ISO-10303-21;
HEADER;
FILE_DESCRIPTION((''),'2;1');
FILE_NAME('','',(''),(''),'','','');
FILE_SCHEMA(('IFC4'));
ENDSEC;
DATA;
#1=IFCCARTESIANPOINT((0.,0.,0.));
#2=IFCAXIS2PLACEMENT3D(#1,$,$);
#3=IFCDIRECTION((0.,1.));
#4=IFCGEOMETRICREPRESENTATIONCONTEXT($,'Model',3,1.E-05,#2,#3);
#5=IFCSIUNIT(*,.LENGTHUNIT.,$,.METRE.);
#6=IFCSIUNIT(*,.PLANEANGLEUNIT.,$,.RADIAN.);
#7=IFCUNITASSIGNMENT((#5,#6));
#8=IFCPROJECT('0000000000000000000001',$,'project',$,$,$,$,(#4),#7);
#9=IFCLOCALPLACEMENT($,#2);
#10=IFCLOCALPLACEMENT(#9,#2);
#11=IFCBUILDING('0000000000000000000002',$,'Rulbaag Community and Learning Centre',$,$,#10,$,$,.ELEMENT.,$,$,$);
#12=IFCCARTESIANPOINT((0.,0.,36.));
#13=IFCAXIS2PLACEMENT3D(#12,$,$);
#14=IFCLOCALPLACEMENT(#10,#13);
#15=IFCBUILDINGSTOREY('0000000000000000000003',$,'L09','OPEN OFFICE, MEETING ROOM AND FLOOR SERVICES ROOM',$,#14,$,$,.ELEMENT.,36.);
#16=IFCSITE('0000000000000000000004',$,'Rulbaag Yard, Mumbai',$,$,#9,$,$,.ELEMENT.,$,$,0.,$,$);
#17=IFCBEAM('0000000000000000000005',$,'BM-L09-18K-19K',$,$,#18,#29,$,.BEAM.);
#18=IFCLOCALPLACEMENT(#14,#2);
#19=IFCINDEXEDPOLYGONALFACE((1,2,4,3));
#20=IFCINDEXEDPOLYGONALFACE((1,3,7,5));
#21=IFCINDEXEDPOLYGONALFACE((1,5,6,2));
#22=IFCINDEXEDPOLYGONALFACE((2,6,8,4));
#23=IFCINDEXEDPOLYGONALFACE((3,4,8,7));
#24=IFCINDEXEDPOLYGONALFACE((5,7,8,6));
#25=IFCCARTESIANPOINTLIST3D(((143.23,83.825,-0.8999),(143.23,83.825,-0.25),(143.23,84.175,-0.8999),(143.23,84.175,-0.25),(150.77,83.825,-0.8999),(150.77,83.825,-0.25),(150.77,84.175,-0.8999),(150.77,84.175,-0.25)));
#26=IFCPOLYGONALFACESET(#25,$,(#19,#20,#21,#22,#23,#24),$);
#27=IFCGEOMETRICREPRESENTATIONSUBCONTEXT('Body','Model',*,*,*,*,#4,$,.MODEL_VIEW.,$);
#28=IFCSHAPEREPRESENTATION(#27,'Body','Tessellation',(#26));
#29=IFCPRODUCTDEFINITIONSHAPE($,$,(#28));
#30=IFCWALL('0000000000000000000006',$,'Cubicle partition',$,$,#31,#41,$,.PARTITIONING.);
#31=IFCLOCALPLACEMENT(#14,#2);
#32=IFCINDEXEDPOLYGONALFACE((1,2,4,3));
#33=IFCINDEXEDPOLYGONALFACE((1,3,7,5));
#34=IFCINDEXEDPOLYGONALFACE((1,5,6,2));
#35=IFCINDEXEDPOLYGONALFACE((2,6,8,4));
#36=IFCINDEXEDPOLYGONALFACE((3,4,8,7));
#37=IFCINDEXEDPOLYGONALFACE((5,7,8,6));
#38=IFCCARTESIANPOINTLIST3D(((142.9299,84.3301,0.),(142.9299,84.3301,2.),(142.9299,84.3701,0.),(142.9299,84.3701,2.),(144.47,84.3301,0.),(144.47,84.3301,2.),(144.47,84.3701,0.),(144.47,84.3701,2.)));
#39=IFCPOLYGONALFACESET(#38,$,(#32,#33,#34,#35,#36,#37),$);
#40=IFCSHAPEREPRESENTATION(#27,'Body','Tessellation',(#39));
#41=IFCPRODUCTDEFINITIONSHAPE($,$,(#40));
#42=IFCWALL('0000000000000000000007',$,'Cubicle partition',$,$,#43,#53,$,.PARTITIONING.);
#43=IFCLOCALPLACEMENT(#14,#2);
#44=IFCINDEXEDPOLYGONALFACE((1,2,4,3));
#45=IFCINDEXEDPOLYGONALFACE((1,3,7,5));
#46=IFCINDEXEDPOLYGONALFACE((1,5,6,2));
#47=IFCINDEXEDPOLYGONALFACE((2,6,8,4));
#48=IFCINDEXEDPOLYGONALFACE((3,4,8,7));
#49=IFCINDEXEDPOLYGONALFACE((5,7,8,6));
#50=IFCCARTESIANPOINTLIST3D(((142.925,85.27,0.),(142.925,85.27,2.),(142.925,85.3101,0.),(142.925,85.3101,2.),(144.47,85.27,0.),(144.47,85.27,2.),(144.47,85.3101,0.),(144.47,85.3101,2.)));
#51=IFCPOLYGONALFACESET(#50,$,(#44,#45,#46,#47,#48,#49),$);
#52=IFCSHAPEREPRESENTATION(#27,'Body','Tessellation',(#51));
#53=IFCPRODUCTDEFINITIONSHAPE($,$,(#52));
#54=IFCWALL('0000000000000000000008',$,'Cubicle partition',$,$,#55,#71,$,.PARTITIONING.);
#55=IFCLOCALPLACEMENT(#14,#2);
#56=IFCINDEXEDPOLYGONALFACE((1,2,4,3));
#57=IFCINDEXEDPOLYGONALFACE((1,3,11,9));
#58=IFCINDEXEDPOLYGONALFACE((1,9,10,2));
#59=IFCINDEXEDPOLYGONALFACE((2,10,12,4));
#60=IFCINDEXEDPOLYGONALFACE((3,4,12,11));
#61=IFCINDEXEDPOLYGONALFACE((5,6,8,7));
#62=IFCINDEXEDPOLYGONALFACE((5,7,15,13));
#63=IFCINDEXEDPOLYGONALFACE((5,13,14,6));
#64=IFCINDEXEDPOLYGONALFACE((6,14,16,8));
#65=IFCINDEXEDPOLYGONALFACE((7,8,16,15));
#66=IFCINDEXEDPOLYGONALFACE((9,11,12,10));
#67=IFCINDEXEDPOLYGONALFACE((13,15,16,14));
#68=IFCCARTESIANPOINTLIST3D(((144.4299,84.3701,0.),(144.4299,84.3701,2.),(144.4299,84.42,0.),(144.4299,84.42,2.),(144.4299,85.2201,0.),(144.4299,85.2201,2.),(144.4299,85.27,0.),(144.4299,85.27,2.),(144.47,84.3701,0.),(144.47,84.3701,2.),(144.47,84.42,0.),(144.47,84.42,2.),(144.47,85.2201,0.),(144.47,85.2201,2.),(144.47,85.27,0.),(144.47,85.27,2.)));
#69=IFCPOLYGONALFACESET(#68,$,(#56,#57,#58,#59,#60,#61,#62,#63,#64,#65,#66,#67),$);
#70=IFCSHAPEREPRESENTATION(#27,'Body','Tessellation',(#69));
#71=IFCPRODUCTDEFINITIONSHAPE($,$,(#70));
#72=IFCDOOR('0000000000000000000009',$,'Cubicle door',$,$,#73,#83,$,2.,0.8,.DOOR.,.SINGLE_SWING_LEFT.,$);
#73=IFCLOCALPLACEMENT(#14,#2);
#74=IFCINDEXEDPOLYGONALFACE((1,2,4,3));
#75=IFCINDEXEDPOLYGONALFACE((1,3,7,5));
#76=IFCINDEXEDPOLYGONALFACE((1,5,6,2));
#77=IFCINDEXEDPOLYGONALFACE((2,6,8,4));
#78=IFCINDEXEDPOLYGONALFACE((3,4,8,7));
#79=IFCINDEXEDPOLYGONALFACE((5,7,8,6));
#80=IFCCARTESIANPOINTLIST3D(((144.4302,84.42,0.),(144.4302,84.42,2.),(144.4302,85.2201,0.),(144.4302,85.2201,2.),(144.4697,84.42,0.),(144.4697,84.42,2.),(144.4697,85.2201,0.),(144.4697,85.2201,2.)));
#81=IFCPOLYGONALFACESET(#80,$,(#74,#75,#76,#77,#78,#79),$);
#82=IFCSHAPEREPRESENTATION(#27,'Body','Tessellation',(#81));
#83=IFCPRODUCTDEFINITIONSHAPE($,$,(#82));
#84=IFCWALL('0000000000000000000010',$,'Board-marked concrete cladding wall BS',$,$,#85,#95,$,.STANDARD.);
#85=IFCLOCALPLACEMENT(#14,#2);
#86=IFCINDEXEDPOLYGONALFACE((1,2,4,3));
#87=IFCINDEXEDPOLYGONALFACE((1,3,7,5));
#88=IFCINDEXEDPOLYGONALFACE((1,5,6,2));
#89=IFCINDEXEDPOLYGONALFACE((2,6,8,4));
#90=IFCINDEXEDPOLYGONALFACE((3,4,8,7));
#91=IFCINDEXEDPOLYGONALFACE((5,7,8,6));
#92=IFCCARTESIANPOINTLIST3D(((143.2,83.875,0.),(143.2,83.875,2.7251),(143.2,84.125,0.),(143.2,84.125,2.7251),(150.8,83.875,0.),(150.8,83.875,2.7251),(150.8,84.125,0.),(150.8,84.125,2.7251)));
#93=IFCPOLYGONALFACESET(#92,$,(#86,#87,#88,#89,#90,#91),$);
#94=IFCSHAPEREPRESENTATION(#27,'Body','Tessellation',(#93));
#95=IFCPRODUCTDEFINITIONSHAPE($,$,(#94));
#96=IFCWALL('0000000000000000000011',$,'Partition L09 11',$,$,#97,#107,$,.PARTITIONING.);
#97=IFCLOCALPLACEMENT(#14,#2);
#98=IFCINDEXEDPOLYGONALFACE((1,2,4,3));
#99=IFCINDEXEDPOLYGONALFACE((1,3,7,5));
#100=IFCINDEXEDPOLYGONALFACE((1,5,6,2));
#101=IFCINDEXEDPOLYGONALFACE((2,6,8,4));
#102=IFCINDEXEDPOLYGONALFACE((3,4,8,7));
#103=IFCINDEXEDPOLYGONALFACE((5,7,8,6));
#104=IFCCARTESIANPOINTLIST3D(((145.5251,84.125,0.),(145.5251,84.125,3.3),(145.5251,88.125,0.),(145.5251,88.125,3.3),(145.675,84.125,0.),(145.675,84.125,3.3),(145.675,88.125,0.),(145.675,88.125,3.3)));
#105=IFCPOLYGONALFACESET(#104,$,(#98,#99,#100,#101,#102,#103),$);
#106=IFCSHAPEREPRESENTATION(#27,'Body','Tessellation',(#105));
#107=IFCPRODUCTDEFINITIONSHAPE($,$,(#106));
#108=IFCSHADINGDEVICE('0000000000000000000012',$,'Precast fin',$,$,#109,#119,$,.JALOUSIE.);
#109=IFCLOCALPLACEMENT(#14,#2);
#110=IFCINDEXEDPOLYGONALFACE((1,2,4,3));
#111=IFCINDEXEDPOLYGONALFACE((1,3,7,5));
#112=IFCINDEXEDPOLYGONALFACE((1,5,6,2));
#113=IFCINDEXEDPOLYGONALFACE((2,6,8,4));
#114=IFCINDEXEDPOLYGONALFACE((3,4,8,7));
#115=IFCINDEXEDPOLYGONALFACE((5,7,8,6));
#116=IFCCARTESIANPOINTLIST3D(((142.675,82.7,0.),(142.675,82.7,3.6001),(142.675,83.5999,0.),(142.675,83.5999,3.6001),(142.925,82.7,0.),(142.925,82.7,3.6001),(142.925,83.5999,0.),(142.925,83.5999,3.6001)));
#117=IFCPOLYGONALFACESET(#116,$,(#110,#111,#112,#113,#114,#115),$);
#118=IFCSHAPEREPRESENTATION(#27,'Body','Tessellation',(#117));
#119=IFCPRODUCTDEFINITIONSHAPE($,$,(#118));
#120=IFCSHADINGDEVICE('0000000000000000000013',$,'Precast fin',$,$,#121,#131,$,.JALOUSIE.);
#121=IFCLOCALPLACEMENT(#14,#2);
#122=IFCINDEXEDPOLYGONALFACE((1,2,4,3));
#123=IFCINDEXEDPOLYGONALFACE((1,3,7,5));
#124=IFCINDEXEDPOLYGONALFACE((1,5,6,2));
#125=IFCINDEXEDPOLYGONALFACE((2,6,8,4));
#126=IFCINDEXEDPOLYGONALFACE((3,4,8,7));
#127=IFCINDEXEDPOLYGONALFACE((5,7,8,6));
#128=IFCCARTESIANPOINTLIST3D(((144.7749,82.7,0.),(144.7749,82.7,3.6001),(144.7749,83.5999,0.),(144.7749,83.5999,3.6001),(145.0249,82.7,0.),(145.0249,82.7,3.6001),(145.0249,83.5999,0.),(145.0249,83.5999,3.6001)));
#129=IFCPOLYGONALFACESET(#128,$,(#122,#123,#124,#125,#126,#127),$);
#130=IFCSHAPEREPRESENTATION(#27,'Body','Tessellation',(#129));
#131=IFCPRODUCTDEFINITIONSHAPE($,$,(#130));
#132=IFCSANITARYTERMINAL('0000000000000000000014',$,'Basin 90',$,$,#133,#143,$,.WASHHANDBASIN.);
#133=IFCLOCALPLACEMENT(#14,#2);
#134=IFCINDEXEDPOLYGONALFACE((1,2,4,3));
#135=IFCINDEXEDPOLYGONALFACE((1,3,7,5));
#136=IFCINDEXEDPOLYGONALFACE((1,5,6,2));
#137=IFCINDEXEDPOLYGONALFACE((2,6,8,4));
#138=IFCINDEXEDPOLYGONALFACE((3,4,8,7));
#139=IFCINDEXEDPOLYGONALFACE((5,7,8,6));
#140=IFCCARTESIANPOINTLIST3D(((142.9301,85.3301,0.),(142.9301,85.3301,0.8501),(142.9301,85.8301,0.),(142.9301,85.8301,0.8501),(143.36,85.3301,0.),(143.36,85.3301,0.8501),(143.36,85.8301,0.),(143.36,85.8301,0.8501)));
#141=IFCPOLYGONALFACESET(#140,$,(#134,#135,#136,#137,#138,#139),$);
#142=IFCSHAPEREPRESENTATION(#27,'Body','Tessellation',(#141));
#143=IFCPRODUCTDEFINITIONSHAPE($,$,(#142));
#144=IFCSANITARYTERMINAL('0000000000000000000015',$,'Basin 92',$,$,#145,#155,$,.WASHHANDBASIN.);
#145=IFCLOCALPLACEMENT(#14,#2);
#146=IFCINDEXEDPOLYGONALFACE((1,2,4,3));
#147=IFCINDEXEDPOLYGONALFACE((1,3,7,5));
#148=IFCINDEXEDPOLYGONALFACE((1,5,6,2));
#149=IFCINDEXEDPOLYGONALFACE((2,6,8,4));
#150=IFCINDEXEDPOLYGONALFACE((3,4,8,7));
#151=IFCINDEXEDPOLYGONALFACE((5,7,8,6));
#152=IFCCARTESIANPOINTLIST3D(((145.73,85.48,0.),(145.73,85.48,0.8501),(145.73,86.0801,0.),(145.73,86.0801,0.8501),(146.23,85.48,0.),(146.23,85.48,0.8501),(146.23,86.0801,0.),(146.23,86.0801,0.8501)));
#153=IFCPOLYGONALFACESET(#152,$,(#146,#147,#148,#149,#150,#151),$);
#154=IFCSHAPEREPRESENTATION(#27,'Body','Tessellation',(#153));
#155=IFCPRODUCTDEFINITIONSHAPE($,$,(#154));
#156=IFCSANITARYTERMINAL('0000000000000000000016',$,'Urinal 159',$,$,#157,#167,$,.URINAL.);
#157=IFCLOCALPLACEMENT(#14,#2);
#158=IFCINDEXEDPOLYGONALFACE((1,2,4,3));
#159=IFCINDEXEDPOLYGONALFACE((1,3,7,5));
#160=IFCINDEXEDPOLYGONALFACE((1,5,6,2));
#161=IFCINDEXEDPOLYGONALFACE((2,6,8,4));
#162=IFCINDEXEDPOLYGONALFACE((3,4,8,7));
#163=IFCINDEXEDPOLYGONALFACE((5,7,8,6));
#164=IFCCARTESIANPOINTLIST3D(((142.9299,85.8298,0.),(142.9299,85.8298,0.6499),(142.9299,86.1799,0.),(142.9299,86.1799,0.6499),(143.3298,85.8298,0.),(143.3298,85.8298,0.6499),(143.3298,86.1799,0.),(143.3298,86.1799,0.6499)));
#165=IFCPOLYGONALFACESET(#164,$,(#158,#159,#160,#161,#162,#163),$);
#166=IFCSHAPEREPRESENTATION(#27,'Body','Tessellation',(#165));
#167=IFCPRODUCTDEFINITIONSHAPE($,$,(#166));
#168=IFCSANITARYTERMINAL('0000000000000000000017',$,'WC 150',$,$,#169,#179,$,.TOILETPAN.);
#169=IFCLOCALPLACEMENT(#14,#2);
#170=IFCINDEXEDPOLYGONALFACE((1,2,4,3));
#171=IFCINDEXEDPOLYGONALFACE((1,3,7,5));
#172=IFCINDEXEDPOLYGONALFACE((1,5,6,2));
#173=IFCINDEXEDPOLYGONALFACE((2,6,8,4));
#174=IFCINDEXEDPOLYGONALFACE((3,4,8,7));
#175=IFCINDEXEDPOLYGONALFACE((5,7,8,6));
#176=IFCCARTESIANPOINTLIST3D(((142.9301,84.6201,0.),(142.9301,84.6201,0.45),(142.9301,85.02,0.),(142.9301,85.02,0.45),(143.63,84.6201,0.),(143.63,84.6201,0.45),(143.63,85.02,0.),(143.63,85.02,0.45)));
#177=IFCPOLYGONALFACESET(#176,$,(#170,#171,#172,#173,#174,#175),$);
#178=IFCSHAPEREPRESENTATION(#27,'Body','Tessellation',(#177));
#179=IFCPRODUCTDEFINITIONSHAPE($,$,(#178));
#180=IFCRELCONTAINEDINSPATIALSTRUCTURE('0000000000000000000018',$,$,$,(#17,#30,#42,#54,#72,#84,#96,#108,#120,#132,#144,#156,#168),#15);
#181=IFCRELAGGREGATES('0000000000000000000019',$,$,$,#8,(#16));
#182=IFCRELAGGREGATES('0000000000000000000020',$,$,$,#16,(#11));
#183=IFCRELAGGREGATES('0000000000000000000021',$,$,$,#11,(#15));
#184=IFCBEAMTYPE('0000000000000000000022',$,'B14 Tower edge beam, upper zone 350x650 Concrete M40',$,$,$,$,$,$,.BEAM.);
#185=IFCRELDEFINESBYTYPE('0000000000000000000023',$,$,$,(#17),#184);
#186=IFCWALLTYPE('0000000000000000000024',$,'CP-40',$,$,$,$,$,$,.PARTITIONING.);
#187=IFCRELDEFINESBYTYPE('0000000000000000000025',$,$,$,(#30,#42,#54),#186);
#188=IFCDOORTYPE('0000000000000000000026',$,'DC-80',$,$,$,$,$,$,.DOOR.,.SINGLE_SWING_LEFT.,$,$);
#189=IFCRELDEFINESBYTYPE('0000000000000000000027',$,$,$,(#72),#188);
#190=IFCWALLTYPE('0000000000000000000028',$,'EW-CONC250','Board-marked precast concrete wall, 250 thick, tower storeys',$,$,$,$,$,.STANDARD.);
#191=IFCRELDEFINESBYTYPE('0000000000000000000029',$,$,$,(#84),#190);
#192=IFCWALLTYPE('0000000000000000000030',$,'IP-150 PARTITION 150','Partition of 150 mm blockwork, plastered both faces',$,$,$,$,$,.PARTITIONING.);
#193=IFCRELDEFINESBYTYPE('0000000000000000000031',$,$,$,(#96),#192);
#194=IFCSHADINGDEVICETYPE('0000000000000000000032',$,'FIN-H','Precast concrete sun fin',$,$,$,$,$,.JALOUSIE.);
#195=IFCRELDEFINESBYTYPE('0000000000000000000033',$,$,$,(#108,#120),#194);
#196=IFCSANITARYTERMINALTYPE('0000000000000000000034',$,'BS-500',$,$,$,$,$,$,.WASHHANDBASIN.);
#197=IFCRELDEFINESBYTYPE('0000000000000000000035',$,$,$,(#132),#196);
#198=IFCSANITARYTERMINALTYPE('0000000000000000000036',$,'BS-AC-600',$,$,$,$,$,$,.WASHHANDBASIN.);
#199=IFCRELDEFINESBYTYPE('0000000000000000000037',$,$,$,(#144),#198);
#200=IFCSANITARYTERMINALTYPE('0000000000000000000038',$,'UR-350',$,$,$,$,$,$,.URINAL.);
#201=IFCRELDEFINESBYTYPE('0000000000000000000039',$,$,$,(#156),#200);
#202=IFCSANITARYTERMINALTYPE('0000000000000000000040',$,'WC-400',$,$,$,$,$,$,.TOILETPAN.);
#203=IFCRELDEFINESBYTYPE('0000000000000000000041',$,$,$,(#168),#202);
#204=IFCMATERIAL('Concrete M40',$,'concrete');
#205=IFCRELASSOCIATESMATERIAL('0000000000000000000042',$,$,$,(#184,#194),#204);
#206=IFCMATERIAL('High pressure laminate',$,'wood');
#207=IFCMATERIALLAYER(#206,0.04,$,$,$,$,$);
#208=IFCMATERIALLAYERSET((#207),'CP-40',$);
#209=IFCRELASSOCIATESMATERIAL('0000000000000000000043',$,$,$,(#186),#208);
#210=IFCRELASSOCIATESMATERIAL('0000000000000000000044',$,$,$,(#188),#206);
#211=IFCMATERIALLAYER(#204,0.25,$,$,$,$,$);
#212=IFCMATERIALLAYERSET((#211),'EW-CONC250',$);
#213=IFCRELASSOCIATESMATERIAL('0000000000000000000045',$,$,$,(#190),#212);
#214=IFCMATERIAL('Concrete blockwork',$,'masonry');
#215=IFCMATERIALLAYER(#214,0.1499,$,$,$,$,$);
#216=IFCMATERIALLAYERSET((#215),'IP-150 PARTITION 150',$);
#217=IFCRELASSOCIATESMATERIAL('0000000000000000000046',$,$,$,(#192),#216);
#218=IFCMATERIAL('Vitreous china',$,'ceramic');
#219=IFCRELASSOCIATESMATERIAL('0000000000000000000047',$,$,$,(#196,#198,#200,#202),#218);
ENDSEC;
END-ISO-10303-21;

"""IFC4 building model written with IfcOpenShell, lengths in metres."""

from ifc_helpers import new_model, si_unit, direction, frame, frame_2d, origin, origin_2d, place, context, subcontext, project, spatial, rectangle, extrude, material, layer, layer_set, material_profile, profile_set, type_object, element, fill, save


model = new_model("IFC4")

# Units and contexts
model_context = context("Model", 3, precision=1e-05, world=origin(), true_north=direction((0.0, 1.0)))
body_context = subcontext(model_context, "Body", "Model", "MODEL_VIEW")
ifc_project = project(units=[si_unit("LENGTHUNIT", "METRE"), si_unit("PLANEANGLEUNIT", "RADIAN")], contexts=[model_context])

# Site, building, storey
site_placement = place(None, origin())
site = spatial("IfcSite", under=ifc_project, at=site_placement, Name="Rulbaag Yard, Mumbai", CompositionType="ELEMENT", RefElevation=0.0)
building_placement = place(site_placement, origin())
building = spatial("IfcBuilding", under=site, at=building_placement, Name="Rulbaag Community and Learning Centre", CompositionType="ELEMENT")
storey_placement = place(building_placement, frame((0.0, 0.0, 36.0)))
storey = spatial("IfcBuildingStorey", under=building, at=storey_placement, Name="L09", Description="OPEN OFFICE, MEETING ROOM AND FLOOR SERVICES ROOM", CompositionType="ELEMENT", Elevation=36.0)

# Beam
ifc_material_1 = material(Name="Concrete M40", Category="concrete")
ifc_material_profile_1 = material_profile(ifc_material_1, rectangle(XDim=0.3501, YDim=0.6499, at=origin_2d()), Name="RB350x650")
ifc_profile_set_1 = profile_set([ifc_material_profile_1], Name="Concrete M40")
beam_type = type_object("IfcBeamType", Name="B14 Tower edge beam, upper zone 350x650 Concrete M40", PredefinedType="BEAM", material=ifc_profile_set_1)
beam_placement = place(storey_placement, frame((143.23, 84.0, -0.575), z_axis=(1.0, 0.0, 0.0), x_axis=(0.0, 1.0, 0.0)))
element("IfcBeam", 1, at=beam_placement, inside=storey, type_object=beam_type, Name="BM-L09-18K-19K", PredefinedType="BEAM", context=body_context, shape_type="SweptSolid", body=[
    extrude(rectangle(XDim=0.3501, YDim=0.6499, at=origin_2d()), origin(), (0.0, 0.0, 1.0), 7.54),
])

# Walls
ifc_material_2 = material(Name="High pressure laminate", Category="wood")
ifc_layer_1 = layer(ifc_material_2, 0.04)
ifc_layer_set_1 = layer_set([ifc_layer_1], Name="CP-40")
wall_type_1 = type_object("IfcWallType", Name="CP-40", PredefinedType="PARTITIONING", material=ifc_layer_set_1)
wall_1_placement = place(storey_placement, frame((142.9299, 84.3501, 0.0), z_axis=(0.0, 0.0, 1.0), x_axis=(1.0, 0.0, 0.0)))
element("IfcWall", 2, at=wall_1_placement, inside=storey, type_object=wall_type_1, Name="Cubicle partition", PredefinedType="PARTITIONING", context=body_context, shape_type="SweptSolid", body=[
    extrude(rectangle(XDim=1.54, YDim=0.04, at=frame_2d((0.77, 0.0))), origin(), (0.0, 0.0, 1.0), 2.0),
])
wall_2_placement = place(storey_placement, frame((142.925, 85.29, 0.0), z_axis=(0.0, 0.0, 1.0), x_axis=(1.0, 0.0, 0.0)))
element("IfcWall", 3, at=wall_2_placement, inside=storey, type_object=wall_type_1, Name="Cubicle partition", PredefinedType="PARTITIONING", context=body_context, shape_type="SweptSolid", body=[
    extrude(rectangle(XDim=1.5449, YDim=0.04, at=frame_2d((0.7725, 0.0))), origin(), (0.0, 0.0, 1.0), 2.0),
])

# Wall, opening, door
wall_3_placement = place(storey_placement, frame((144.45, 84.3701, 0.0), z_axis=(0.0, 0.0, 1.0), x_axis=(0.0, 1.0, 0.0)))
wall_3 = element("IfcWall", 4, at=wall_3_placement, inside=storey, type_object=wall_type_1, Name="Cubicle partition", PredefinedType="PARTITIONING", context=body_context, shape_type="SweptSolid", body=[
    extrude(rectangle(XDim=0.8999, YDim=0.04, at=frame_2d((0.45, 0.0))), origin(), (0.0, 0.0, 1.0), 2.0),
])
opening_placement = place(wall_3_placement, frame((0.05, 0.0, 0.0)))
opening = element("IfcOpeningElement", 5, at=opening_placement, cuts=wall_3, PredefinedType="OPENING", context=body_context, shape_type="SweptSolid", body=[
    extrude(rectangle(XDim=0.8, YDim=2.0, at=frame_2d((0.3999, 1.0))), frame((0.0, 0.03, 0.0), z_axis=(0.0, -1.0, 0.0), x_axis=(1.0, 0.0, 0.0)), (0.0, 0.0, 1.0), 0.0601),
])
door_type = type_object("IfcDoorType", Name="DC-80", OperationType="SINGLE_SWING_LEFT", PredefinedType="DOOR", material=ifc_material_2)
door_placement = place(opening_placement, origin())
door = element("IfcDoor", 6, at=door_placement, inside=storey, type_object=door_type, Name="Cubicle door", OperationType="SINGLE_SWING_LEFT", OverallHeight=2.0, OverallWidth=0.8, PredefinedType="DOOR", context=body_context, shape_type="SweptSolid", body=[
    extrude(rectangle(XDim=0.8, YDim=2.0, at=frame_2d((0.3999, 1.0))), frame((0.0, 0.0198, 0.0), z_axis=(0.0, -1.0, 0.0), x_axis=(1.0, 0.0, 0.0)), (0.0, 0.0, 1.0), 0.0396),
])
fill(opening, door)

# Walls
ifc_layer_2 = layer(ifc_material_1, 0.25)
ifc_layer_set_2 = layer_set([ifc_layer_2], Name="EW-CONC250")
wall_type_2 = type_object("IfcWallType", Name="EW-CONC250", Description="Board-marked precast concrete wall, 250 thick, tower storeys", PredefinedType="STANDARD", material=ifc_layer_set_2)
wall_4_placement = place(storey_placement, frame((143.2, 84.0, 0.0), z_axis=(0.0, 0.0, 1.0), x_axis=(1.0, 0.0, 0.0)))
element("IfcWall", 7, at=wall_4_placement, inside=storey, type_object=wall_type_2, Name="Board-marked concrete cladding wall BS", PredefinedType="STANDARD", context=body_context, shape_type="SweptSolid", body=[
    extrude(rectangle(XDim=7.6001, YDim=0.25, at=frame_2d((3.8, 0.0))), origin(), (0.0, 0.0, 1.0), 2.7251),
])
ifc_material_3 = material(Name="Concrete blockwork", Category="masonry")
ifc_layer_3 = layer(ifc_material_3, 0.1499)
ifc_layer_set_3 = layer_set([ifc_layer_3], Name="IP-150 PARTITION 150")
wall_type_3 = type_object("IfcWallType", Name="IP-150 PARTITION 150", Description="Partition of 150 mm blockwork, plastered both faces", PredefinedType="PARTITIONING", material=ifc_layer_set_3)
wall_5_placement = place(storey_placement, frame((145.6001, 84.125, 0.0), z_axis=(0.0, 0.0, 1.0), x_axis=(0.0, 1.0, 0.0)))
element("IfcWall", 8, at=wall_5_placement, inside=storey, type_object=wall_type_3, Name="Partition L09 11", PredefinedType="PARTITIONING", context=body_context, shape_type="SweptSolid", body=[
    extrude(rectangle(XDim=4.0, YDim=0.1499, at=frame_2d((2.0, 0.0))), origin(), (0.0, 0.0, 1.0), 3.3),
])

# Shading devices
ifc_material_profile_2 = material_profile(ifc_material_1, rectangle(XDim=0.25, YDim=0.8999, at=origin_2d()), Name="PC 250x900")
ifc_profile_set_2 = profile_set([ifc_material_profile_2], Name="Concrete M40")
shading_device_type = type_object("IfcShadingDeviceType", Name="FIN-H", Description="Precast concrete sun fin", PredefinedType="JALOUSIE", material=ifc_profile_set_2)
for number, where, z_axis, x_axis, name in (
    (9, (142.8, 83.1499, 0.0), (0.0, 0.0, 1.0), (1.0, 0.0, 0.0), "Precast fin"),
    (10, (144.8999, 83.1499, 0.0), (0.0, 0.0, 1.0), (1.0, 0.0, 0.0), "Precast fin"),
):
    element("IfcShadingDevice", number, at=place(storey_placement, frame(where, z_axis=z_axis, x_axis=x_axis)), inside=storey, type_object=shading_device_type, Name=name, PredefinedType="JALOUSIE", context=body_context, shape_type="SweptSolid", body=[
        extrude(rectangle(XDim=0.25, YDim=0.8999, at=origin_2d()), origin(), (0.0, 0.0, 1.0), 3.6001),
    ])

# Sanitary terminals
ifc_material_4 = material(Name="Vitreous china", Category="ceramic")
sanitary_terminal_type_1 = type_object("IfcSanitaryTerminalType", Name="BS-500", PredefinedType="WASHHANDBASIN", material=ifc_material_4)
sanitary_terminal_1_placement = place(storey_placement, frame((143.145, 85.5801, 0.0), z_axis=(0.0, 0.0, 1.0), x_axis=(1.0, 0.0, 0.0)))
element("IfcSanitaryTerminal", 11, at=sanitary_terminal_1_placement, inside=storey, type_object=sanitary_terminal_type_1, Name="Basin 90", PredefinedType="WASHHANDBASIN", context=body_context, shape_type="SweptSolid", body=[
    extrude(rectangle(XDim=0.4299, YDim=0.5, at=origin_2d()), origin(), (0.0, 0.0, 1.0), 0.8501),
])
sanitary_terminal_type_2 = type_object("IfcSanitaryTerminalType", Name="BS-AC-600", PredefinedType="WASHHANDBASIN", material=ifc_material_4)
sanitary_terminal_2_placement = place(storey_placement, frame((145.98, 85.78, 0.0), z_axis=(0.0, 0.0, 1.0), x_axis=(1.0, 0.0, 0.0)))
element("IfcSanitaryTerminal", 12, at=sanitary_terminal_2_placement, inside=storey, type_object=sanitary_terminal_type_2, Name="Basin 92", PredefinedType="WASHHANDBASIN", context=body_context, shape_type="SweptSolid", body=[
    extrude(rectangle(XDim=0.5, YDim=0.6001, at=origin_2d()), origin(), (0.0, 0.0, 1.0), 0.8501),
])
sanitary_terminal_type_3 = type_object("IfcSanitaryTerminalType", Name="UR-350", PredefinedType="URINAL", material=ifc_material_4)
sanitary_terminal_3_placement = place(storey_placement, frame((143.1299, 86.0049, 0.0), z_axis=(0.0, 0.0, 1.0), x_axis=(1.0, 0.0, 0.0)))
element("IfcSanitaryTerminal", 13, at=sanitary_terminal_3_placement, inside=storey, type_object=sanitary_terminal_type_3, Name="Urinal 159", PredefinedType="URINAL", context=body_context, shape_type="SweptSolid", body=[
    extrude(rectangle(XDim=0.3999, YDim=0.3501, at=origin_2d()), origin(), (0.0, 0.0, 1.0), 0.6499),
])
sanitary_terminal_type_4 = type_object("IfcSanitaryTerminalType", Name="WC-400", PredefinedType="TOILETPAN", material=ifc_material_4)
sanitary_terminal_4_placement = place(storey_placement, frame((143.28, 84.8201, 0.0), z_axis=(0.0, 0.0, 1.0), x_axis=(1.0, 0.0, 0.0)))
element("IfcSanitaryTerminal", 14, at=sanitary_terminal_4_placement, inside=storey, type_object=sanitary_terminal_type_4, Name="WC 150", PredefinedType="TOILETPAN", context=body_context, shape_type="SweptSolid", body=[
    extrude(rectangle(XDim=0.7, YDim=0.3999, at=origin_2d()), origin(), (0.0, 0.0, 1.0), 0.45),
])

save(model, "model.ifc")
